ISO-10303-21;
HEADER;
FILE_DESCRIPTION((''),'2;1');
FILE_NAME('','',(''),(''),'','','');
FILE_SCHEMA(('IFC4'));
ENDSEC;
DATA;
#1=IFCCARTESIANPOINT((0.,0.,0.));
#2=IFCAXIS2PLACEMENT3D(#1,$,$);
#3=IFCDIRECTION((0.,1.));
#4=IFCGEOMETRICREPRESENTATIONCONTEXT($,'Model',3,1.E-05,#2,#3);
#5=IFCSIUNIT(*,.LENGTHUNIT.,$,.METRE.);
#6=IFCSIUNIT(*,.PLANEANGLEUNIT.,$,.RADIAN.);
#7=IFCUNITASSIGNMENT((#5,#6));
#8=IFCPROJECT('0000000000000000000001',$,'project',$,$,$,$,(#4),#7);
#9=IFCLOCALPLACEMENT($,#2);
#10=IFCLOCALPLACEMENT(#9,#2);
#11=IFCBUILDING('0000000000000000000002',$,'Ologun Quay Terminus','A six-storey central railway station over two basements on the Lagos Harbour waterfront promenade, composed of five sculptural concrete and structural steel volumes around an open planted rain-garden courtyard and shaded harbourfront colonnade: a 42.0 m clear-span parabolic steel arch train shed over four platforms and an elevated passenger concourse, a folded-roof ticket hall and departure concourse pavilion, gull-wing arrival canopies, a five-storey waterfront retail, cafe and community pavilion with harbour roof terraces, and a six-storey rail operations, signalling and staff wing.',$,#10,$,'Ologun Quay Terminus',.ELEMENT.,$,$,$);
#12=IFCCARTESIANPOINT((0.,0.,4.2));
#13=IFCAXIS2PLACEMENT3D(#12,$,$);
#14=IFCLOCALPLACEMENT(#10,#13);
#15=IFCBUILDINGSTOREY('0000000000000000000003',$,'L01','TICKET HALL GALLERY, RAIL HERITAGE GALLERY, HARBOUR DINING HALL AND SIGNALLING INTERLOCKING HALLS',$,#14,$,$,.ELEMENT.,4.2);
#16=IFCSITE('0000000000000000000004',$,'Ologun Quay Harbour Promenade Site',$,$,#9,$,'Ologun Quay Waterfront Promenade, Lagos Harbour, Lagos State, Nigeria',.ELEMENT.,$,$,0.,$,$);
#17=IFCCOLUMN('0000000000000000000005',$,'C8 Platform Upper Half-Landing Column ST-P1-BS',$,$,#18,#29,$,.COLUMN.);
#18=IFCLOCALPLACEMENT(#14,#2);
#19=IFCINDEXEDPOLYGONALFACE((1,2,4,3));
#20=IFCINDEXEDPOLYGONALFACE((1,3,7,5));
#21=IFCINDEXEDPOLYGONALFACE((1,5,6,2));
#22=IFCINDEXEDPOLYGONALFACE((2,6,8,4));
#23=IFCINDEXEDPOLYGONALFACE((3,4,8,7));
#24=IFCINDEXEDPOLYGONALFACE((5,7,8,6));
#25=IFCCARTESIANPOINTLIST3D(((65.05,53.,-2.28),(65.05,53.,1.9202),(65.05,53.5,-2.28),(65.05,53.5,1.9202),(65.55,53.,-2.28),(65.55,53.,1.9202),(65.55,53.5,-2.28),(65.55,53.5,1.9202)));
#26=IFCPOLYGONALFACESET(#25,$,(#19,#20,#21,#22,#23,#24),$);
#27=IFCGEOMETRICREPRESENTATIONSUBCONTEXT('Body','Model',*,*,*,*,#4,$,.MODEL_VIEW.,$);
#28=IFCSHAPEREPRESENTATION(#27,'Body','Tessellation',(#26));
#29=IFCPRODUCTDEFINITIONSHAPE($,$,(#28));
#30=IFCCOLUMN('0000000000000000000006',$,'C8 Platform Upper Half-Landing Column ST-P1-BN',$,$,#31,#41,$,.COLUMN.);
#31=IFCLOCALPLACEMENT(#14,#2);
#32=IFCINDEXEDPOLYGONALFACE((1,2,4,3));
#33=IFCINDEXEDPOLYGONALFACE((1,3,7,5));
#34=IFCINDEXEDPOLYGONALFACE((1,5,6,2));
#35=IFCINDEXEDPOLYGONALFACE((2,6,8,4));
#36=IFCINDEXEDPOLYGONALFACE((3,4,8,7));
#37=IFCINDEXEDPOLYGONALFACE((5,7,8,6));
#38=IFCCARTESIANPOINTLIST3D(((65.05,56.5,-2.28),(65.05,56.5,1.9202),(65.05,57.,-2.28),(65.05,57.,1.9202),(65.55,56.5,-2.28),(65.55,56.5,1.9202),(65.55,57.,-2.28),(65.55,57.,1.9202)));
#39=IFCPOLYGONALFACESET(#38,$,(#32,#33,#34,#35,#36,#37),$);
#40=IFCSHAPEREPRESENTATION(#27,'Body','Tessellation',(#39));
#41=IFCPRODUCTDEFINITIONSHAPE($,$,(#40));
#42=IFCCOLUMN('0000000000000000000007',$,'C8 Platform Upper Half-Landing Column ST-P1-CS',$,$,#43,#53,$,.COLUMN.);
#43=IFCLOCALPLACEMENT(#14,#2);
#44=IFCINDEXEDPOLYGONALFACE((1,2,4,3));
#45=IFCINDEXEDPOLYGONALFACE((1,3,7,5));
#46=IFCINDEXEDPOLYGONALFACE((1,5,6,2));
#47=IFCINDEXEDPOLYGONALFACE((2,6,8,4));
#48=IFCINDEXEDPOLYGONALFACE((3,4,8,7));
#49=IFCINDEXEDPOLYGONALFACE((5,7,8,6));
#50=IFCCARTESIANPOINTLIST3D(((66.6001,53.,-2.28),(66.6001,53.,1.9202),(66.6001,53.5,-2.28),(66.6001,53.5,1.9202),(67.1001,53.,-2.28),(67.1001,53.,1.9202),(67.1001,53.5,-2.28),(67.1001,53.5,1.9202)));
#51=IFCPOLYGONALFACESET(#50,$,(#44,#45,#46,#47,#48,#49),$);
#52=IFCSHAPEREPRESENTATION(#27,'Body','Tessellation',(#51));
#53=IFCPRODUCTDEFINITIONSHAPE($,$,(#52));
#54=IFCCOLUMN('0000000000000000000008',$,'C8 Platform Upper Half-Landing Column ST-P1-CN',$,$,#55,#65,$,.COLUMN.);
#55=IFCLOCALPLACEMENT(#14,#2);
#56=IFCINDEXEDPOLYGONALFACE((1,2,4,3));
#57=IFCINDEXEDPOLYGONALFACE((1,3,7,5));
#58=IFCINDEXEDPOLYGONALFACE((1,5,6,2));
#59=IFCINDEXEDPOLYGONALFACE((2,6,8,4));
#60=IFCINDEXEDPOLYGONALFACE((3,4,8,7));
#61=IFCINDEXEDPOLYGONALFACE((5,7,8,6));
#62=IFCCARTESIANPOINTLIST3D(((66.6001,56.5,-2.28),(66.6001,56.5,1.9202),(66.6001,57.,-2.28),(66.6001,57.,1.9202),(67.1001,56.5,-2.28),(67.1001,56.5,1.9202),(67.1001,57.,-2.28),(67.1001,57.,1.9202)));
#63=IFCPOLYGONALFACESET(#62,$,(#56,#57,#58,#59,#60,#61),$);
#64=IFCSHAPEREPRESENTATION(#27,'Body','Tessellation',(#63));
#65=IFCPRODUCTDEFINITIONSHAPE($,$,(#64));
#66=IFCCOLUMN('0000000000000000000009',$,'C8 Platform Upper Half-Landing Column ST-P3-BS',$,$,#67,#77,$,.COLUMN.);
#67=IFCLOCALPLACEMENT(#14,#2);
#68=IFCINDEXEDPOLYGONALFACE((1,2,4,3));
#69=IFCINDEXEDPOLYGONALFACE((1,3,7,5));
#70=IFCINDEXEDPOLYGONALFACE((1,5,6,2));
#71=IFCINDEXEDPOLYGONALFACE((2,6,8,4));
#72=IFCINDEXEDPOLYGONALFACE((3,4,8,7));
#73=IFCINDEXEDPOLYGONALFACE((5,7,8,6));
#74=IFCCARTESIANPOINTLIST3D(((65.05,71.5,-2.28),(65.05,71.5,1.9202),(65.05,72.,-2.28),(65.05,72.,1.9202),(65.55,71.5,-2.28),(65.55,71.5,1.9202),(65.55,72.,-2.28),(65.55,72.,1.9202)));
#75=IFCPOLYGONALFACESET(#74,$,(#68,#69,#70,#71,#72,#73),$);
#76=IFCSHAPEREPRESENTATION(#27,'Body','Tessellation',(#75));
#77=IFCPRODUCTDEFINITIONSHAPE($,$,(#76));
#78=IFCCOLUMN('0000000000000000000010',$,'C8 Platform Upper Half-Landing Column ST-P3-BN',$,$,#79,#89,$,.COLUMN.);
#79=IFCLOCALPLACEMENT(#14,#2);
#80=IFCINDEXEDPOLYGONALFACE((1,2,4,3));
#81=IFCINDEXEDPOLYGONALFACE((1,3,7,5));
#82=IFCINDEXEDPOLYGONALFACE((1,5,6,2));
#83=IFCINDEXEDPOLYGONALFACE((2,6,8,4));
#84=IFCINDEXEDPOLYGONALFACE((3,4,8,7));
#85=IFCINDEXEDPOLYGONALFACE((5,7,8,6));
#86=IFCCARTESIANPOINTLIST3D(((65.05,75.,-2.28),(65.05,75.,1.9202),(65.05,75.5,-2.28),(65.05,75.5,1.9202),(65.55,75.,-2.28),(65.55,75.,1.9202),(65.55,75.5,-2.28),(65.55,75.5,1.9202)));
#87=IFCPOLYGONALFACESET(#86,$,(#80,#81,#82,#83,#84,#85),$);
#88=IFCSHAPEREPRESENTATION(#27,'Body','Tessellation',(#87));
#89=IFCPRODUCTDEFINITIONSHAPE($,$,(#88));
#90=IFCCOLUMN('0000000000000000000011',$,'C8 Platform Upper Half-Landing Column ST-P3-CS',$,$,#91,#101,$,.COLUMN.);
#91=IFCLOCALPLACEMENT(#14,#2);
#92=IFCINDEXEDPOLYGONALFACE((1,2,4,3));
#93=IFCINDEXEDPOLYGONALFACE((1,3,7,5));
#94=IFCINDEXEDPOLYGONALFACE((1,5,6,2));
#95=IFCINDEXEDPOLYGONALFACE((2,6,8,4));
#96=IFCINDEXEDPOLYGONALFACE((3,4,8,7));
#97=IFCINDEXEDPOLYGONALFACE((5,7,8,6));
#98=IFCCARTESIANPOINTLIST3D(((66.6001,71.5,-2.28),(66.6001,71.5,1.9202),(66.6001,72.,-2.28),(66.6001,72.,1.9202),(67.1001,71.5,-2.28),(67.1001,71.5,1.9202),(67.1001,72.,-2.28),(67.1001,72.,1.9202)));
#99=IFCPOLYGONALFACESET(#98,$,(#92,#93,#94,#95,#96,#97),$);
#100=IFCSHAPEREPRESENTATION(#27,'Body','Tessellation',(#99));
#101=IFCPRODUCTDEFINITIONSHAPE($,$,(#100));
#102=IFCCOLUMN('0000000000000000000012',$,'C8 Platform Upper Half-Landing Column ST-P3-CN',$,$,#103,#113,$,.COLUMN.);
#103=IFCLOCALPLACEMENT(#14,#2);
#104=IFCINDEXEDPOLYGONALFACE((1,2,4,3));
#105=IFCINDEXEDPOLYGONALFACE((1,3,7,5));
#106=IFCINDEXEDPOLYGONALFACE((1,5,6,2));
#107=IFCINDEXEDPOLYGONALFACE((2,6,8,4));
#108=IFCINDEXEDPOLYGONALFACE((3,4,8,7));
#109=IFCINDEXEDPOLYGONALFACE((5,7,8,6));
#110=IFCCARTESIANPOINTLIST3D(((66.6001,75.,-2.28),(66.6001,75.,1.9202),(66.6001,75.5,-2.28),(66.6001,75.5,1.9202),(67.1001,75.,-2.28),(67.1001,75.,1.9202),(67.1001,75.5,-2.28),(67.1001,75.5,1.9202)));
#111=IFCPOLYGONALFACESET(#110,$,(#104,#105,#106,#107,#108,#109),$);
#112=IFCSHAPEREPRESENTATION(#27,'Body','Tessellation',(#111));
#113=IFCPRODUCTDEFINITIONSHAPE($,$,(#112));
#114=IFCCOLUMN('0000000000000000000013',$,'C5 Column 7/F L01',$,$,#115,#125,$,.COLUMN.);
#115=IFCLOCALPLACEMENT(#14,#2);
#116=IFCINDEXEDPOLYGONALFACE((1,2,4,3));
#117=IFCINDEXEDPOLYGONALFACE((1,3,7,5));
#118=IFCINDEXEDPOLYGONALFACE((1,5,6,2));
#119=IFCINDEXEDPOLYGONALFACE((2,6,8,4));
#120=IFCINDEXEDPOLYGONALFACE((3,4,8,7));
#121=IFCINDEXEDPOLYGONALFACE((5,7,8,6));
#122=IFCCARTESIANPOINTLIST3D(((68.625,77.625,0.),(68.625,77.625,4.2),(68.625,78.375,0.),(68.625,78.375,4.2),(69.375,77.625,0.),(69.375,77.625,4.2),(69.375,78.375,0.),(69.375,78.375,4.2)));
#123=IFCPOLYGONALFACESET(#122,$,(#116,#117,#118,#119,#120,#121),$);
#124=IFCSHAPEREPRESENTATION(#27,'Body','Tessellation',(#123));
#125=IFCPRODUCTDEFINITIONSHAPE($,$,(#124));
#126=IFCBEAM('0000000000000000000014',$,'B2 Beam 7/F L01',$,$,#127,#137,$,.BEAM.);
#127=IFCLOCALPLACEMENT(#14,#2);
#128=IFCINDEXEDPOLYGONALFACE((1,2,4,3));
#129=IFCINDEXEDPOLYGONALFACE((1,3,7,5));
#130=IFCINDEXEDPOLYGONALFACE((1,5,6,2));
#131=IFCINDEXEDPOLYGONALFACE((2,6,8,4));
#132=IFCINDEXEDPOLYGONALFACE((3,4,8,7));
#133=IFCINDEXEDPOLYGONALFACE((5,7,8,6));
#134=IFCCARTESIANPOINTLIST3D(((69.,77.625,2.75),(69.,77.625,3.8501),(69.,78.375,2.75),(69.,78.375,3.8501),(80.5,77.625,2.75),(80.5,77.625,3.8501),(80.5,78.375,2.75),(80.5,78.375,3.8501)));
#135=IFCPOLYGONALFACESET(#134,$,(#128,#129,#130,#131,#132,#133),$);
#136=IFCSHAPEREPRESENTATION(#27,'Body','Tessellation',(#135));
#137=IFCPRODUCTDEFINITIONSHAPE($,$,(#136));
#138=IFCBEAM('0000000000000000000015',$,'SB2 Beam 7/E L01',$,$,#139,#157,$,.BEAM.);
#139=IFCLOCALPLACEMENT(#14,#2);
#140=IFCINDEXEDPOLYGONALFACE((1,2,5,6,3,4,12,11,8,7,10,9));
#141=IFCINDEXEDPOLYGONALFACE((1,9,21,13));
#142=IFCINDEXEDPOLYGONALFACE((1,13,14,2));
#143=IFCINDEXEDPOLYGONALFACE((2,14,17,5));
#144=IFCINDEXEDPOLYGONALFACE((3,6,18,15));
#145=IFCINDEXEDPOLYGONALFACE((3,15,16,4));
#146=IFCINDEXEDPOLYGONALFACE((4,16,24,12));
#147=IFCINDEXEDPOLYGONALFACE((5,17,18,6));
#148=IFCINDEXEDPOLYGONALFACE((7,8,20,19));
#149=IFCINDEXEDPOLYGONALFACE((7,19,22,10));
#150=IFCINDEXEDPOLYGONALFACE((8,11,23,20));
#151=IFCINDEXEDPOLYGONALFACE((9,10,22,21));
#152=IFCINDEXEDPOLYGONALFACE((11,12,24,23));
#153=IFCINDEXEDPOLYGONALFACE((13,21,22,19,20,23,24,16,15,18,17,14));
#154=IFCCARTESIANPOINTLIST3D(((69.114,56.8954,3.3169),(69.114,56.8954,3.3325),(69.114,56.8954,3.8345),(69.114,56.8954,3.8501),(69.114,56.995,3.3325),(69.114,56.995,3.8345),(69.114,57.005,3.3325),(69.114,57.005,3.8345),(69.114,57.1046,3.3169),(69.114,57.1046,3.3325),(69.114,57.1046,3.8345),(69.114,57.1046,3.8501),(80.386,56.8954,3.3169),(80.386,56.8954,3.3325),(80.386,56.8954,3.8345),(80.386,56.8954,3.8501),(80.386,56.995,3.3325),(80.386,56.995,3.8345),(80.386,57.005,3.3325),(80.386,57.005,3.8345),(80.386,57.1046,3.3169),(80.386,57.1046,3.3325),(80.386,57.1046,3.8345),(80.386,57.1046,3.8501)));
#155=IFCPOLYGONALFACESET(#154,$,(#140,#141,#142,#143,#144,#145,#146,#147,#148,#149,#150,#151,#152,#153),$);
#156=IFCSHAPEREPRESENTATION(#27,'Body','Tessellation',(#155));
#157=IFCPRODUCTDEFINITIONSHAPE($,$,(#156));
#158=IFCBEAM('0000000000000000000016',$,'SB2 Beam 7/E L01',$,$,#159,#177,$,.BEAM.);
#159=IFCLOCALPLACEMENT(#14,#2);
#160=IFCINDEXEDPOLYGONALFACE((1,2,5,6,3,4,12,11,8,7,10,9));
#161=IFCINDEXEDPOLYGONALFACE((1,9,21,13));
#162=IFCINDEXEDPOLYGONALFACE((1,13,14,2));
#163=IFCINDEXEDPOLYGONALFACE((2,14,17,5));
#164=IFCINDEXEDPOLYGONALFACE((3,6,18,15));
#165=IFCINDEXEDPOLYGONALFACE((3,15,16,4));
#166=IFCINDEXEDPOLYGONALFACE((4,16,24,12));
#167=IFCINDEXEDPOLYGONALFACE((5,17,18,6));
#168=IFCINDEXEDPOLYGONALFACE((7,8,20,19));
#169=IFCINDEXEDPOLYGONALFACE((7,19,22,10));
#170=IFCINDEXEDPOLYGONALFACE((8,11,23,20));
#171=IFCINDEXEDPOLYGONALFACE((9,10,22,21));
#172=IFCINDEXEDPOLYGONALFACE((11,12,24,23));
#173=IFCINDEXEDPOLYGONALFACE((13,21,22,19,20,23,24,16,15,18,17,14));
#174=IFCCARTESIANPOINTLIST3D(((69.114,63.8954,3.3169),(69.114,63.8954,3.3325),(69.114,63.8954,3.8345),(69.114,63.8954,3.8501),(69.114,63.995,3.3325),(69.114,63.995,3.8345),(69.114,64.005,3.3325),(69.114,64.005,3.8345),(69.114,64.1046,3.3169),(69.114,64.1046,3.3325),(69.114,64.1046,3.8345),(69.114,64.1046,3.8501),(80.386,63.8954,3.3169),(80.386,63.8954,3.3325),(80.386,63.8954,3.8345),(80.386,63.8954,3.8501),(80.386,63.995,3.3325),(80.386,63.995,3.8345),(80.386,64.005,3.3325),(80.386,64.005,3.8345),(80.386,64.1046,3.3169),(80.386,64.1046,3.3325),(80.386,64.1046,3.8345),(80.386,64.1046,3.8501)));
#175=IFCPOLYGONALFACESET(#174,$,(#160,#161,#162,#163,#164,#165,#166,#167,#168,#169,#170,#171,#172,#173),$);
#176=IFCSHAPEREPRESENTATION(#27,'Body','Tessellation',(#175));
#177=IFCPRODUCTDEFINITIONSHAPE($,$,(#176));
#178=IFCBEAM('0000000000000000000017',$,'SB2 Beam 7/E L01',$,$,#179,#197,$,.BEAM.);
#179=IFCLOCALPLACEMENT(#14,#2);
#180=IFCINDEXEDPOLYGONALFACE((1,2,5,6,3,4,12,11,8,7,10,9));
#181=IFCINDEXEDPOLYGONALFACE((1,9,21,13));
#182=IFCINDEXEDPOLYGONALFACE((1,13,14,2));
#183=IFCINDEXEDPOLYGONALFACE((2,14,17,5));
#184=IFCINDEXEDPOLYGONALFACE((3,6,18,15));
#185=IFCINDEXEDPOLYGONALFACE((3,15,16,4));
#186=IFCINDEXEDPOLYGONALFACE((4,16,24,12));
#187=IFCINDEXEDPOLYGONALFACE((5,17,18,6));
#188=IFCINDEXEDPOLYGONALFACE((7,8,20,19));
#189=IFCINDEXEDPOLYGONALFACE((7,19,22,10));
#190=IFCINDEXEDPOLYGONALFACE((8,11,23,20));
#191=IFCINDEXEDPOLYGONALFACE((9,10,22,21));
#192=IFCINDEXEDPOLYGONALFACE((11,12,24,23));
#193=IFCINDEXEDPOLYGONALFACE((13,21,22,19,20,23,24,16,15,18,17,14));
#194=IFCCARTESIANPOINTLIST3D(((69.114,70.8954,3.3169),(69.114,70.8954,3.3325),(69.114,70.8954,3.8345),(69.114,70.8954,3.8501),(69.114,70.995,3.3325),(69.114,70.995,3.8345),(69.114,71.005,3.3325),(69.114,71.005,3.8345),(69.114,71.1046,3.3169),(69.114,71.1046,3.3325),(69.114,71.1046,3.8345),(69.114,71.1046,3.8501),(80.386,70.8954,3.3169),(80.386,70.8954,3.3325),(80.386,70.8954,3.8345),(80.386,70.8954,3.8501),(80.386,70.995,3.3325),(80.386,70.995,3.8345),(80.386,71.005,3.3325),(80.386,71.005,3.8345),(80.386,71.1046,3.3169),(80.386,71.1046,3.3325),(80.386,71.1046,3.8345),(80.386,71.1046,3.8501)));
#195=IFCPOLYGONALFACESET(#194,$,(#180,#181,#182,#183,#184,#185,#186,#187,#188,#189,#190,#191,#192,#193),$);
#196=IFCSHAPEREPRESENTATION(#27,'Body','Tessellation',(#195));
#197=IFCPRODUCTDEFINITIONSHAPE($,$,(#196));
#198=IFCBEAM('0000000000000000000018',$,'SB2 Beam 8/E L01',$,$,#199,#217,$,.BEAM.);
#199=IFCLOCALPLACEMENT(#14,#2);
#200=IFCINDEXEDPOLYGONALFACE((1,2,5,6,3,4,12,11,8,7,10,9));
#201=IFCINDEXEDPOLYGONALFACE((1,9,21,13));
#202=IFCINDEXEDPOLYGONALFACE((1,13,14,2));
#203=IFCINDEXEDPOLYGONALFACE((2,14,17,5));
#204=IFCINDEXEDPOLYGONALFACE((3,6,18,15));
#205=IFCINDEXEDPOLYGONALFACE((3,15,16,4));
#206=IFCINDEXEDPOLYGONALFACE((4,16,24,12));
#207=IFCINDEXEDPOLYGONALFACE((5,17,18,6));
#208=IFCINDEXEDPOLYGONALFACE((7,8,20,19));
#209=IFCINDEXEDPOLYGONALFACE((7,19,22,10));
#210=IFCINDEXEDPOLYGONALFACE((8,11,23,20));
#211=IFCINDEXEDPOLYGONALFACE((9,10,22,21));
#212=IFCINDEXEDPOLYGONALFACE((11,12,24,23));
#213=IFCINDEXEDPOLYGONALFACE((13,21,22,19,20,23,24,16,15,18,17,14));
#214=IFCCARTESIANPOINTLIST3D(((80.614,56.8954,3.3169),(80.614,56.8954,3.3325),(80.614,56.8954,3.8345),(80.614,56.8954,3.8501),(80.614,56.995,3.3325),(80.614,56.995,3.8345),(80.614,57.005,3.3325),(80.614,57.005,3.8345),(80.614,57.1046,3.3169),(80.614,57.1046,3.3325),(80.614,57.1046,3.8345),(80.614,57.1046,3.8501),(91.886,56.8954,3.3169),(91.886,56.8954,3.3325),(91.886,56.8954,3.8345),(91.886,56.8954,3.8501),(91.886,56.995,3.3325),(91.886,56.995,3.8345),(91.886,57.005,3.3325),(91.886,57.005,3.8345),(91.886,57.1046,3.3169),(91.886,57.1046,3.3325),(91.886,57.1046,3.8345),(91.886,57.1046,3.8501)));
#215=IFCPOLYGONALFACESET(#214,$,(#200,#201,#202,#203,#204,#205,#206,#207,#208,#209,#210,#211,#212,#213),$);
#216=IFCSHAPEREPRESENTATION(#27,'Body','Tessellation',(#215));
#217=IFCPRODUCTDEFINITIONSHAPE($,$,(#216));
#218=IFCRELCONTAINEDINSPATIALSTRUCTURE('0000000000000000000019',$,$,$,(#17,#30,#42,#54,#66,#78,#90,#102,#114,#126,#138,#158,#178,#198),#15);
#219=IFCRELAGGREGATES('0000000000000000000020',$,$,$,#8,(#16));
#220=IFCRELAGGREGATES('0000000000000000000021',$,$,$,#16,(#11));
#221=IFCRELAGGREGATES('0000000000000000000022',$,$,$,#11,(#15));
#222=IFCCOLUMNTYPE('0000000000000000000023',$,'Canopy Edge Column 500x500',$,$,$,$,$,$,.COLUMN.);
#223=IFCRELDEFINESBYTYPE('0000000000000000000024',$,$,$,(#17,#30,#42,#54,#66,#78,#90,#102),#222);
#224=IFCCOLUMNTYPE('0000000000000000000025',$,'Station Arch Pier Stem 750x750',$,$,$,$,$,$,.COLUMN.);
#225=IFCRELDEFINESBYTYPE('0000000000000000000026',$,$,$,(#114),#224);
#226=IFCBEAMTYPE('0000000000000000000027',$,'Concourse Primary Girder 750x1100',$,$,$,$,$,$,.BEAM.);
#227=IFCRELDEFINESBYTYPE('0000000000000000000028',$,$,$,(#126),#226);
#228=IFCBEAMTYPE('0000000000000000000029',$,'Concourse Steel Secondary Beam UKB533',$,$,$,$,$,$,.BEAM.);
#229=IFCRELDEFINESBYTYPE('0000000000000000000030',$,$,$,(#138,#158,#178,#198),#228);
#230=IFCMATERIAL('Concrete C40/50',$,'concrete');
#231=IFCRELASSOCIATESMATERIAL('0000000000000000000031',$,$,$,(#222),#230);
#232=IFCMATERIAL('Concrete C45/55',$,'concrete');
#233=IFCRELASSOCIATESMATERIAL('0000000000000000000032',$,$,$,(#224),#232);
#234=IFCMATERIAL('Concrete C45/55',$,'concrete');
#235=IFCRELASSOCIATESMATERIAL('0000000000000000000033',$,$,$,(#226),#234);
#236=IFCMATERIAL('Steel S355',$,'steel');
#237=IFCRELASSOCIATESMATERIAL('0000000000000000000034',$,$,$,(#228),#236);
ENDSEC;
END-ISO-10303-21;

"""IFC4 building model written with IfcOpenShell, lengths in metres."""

from ifc_helpers import new_model, si_unit, direction, frame, origin, origin_2d, place, context, subcontext, project, spatial, rectangle, i_section, extrude, material, material_profile, profile_set, type_object, element, save


model = new_model("IFC4")

# Units and contexts
model_context = context("Model", 3, precision=1e-05, world=origin(), true_north=direction((0.0, 1.0)))
body_context = subcontext(model_context, "Body", "Model", "MODEL_VIEW")
ifc_project = project(units=[si_unit("LENGTHUNIT", "METRE"), si_unit("PLANEANGLEUNIT", "RADIAN")], contexts=[model_context])

# Site, building, storey
site_placement = place(None, origin())
site = spatial("IfcSite", under=ifc_project, at=site_placement, Name="Ologun Quay Harbour Promenade Site", LongName="Ologun Quay Waterfront Promenade, Lagos Harbour, Lagos State, Nigeria", CompositionType="ELEMENT", RefElevation=0.0)
building_placement = place(site_placement, origin())
building = spatial("IfcBuilding", under=site, at=building_placement, Name="Ologun Quay Terminus", Description="A six-storey central railway station over two basements on the Lagos Harbour waterfront promenade, composed of five sculptural concrete and structural steel volumes around an open planted rain-garden courtyard and shaded harbourfront colonnade: a 42.0 m clear-span parabolic steel arch train shed over four platforms and an elevated passenger concourse, a folded-roof ticket hall and departure concourse pavilion, gull-wing arrival canopies, a five-storey waterfront retail, cafe and community pavilion with harbour roof terraces, and a six-storey rail operations, signalling and staff wing.", LongName="Ologun Quay Terminus", CompositionType="ELEMENT")
storey_placement = place(building_placement, frame((0.0, 0.0, 4.2)))
storey = spatial("IfcBuildingStorey", under=building, at=storey_placement, Name="L01", Description="TICKET HALL GALLERY, RAIL HERITAGE GALLERY, HARBOUR DINING HALL AND SIGNALLING INTERLOCKING HALLS", CompositionType="ELEMENT", Elevation=4.2)

# Columns
ifc_material_1 = material(Name="Concrete C40/50", Category="concrete")
ifc_material_profile_1 = material_profile(ifc_material_1, rectangle(XDim=0.5, YDim=0.5, at=origin_2d()), Name="RC 500x500")
ifc_profile_set_1 = profile_set([ifc_material_profile_1], Name="Concrete C40/50")
column_type_1 = type_object("IfcColumnType", Name="Canopy Edge Column 500x500", PredefinedType="COLUMN", material=ifc_profile_set_1)
for number, where, z_axis, x_axis, name in (
    (1, (65.3, 53.25, -2.28), (0.0, 0.0, 1.0), (1.0, 0.0, 0.0), "C8 Platform Upper Half-Landing Column ST-P1-BS"),
    (2, (65.3, 56.75, -2.28), (0.0, 0.0, 1.0), (1.0, 0.0, 0.0), "C8 Platform Upper Half-Landing Column ST-P1-BN"),
    (3, (66.8501, 53.25, -2.28), (0.0, 0.0, 1.0), (1.0, 0.0, 0.0), "C8 Platform Upper Half-Landing Column ST-P1-CS"),
    (4, (66.8501, 56.75, -2.28), (0.0, 0.0, 1.0), (1.0, 0.0, 0.0), "C8 Platform Upper Half-Landing Column ST-P1-CN"),
    (5, (65.3, 71.75, -2.28), (0.0, 0.0, 1.0), (1.0, 0.0, 0.0), "C8 Platform Upper Half-Landing Column ST-P3-BS"),
    (6, (65.3, 75.25, -2.28), (0.0, 0.0, 1.0), (1.0, 0.0, 0.0), "C8 Platform Upper Half-Landing Column ST-P3-BN"),
    (7, (66.8501, 71.75, -2.28), (0.0, 0.0, 1.0), (1.0, 0.0, 0.0), "C8 Platform Upper Half-Landing Column ST-P3-CS"),
    (8, (66.8501, 75.25, -2.28), (0.0, 0.0, 1.0), (1.0, 0.0, 0.0), "C8 Platform Upper Half-Landing Column ST-P3-CN"),
):
    element("IfcColumn", number, at=place(storey_placement, frame(where, z_axis=z_axis, x_axis=x_axis)), inside=storey, type_object=column_type_1, Name=name, PredefinedType="COLUMN", context=body_context, shape_type="SweptSolid", body=[
        extrude(rectangle(XDim=0.5, YDim=0.5, at=origin_2d()), origin(), (0.0, 0.0, 1.0), 4.2002),
    ])
ifc_material_2 = material(Name="Concrete C45/55", Category="concrete")
ifc_material_profile_2 = material_profile(ifc_material_2, rectangle(XDim=0.75, YDim=0.75, at=origin_2d()), Name="RC 750x750")
ifc_profile_set_2 = profile_set([ifc_material_profile_2], Name="Concrete C45/55")
column_type_2 = type_object("IfcColumnType", Name="Station Arch Pier Stem 750x750", PredefinedType="COLUMN", material=ifc_profile_set_2)
column_placement = place(storey_placement, frame((69.0, 78.0, 0.0), z_axis=(0.0, 0.0, 1.0), x_axis=(1.0, 0.0, 0.0)))
element("IfcColumn", 9, at=column_placement, inside=storey, type_object=column_type_2, Name="C5 Column 7/F L01", PredefinedType="COLUMN", context=body_context, shape_type="SweptSolid", body=[
    extrude(rectangle(XDim=0.75, YDim=0.75, at=origin_2d()), origin(), (0.0, 0.0, 1.0), 4.2),
])

# Beams
ifc_material_3 = material(Name="Concrete C45/55", Category="concrete")
ifc_material_profile_3 = material_profile(ifc_material_3, rectangle(XDim=0.75, YDim=1.1001, at=origin_2d()), Name="RC 750x1100")
ifc_profile_set_3 = profile_set([ifc_material_profile_3], Name="Concrete C45/55")
beam_type_1 = type_object("IfcBeamType", Name="Concourse Primary Girder 750x1100", PredefinedType="BEAM", material=ifc_profile_set_3)
beam_1_placement = place(storey_placement, frame((69.0, 78.0, 3.3), z_axis=(1.0, 0.0, 0.0), x_axis=(0.0, 1.0, 0.0)))
element("IfcBeam", 10, at=beam_1_placement, inside=storey, type_object=beam_type_1, Name="B2 Beam 7/F L01", PredefinedType="BEAM", context=body_context, shape_type="SweptSolid", body=[
    extrude(rectangle(XDim=0.75, YDim=1.1001, at=origin_2d()), origin(), (0.0, 0.0, 1.0), 11.5),
])
ifc_material_4 = material(Name="Steel S355", Category="steel")
ifc_material_profile_4 = material_profile(ifc_material_4, i_section(OverallWidth=0.2092, OverallDepth=0.5332, WebThickness=0.01, FlangeThickness=0.0156, at=origin_2d()), Name="UKB 533x210x92")
ifc_profile_set_4 = profile_set([ifc_material_profile_4], Name="Steel S355")
beam_type_2 = type_object("IfcBeamType", Name="Concourse Steel Secondary Beam UKB533", PredefinedType="BEAM", material=ifc_profile_set_4)
for number, where, z_axis, x_axis, name in (
    (11, (69.114, 57.0, 3.5835), (1.0, 0.0, 0.0), (0.0, 1.0, 0.0), "SB2 Beam 7/E L01"),
    (12, (69.114, 64.0, 3.5835), (1.0, 0.0, 0.0), (0.0, 1.0, 0.0), "SB2 Beam 7/E L01"),
    (13, (69.114, 71.0, 3.5835), (1.0, 0.0, 0.0), (0.0, 1.0, 0.0), "SB2 Beam 7/E L01"),
    (14, (80.614, 57.0, 3.5835), (1.0, 0.0, 0.0), (0.0, 1.0, 0.0), "SB2 Beam 8/E L01"),
):
    element("IfcBeam", number, at=place(storey_placement, frame(where, z_axis=z_axis, x_axis=x_axis)), inside=storey, type_object=beam_type_2, Name=name, PredefinedType="BEAM", context=body_context, shape_type="SweptSolid", body=[
        extrude(i_section(OverallWidth=0.2092, OverallDepth=0.5332, WebThickness=0.01, FlangeThickness=0.0156, at=origin_2d()), origin(), (0.0, 0.0, 1.0), 11.272),
    ])

save(model, "model.ifc")
